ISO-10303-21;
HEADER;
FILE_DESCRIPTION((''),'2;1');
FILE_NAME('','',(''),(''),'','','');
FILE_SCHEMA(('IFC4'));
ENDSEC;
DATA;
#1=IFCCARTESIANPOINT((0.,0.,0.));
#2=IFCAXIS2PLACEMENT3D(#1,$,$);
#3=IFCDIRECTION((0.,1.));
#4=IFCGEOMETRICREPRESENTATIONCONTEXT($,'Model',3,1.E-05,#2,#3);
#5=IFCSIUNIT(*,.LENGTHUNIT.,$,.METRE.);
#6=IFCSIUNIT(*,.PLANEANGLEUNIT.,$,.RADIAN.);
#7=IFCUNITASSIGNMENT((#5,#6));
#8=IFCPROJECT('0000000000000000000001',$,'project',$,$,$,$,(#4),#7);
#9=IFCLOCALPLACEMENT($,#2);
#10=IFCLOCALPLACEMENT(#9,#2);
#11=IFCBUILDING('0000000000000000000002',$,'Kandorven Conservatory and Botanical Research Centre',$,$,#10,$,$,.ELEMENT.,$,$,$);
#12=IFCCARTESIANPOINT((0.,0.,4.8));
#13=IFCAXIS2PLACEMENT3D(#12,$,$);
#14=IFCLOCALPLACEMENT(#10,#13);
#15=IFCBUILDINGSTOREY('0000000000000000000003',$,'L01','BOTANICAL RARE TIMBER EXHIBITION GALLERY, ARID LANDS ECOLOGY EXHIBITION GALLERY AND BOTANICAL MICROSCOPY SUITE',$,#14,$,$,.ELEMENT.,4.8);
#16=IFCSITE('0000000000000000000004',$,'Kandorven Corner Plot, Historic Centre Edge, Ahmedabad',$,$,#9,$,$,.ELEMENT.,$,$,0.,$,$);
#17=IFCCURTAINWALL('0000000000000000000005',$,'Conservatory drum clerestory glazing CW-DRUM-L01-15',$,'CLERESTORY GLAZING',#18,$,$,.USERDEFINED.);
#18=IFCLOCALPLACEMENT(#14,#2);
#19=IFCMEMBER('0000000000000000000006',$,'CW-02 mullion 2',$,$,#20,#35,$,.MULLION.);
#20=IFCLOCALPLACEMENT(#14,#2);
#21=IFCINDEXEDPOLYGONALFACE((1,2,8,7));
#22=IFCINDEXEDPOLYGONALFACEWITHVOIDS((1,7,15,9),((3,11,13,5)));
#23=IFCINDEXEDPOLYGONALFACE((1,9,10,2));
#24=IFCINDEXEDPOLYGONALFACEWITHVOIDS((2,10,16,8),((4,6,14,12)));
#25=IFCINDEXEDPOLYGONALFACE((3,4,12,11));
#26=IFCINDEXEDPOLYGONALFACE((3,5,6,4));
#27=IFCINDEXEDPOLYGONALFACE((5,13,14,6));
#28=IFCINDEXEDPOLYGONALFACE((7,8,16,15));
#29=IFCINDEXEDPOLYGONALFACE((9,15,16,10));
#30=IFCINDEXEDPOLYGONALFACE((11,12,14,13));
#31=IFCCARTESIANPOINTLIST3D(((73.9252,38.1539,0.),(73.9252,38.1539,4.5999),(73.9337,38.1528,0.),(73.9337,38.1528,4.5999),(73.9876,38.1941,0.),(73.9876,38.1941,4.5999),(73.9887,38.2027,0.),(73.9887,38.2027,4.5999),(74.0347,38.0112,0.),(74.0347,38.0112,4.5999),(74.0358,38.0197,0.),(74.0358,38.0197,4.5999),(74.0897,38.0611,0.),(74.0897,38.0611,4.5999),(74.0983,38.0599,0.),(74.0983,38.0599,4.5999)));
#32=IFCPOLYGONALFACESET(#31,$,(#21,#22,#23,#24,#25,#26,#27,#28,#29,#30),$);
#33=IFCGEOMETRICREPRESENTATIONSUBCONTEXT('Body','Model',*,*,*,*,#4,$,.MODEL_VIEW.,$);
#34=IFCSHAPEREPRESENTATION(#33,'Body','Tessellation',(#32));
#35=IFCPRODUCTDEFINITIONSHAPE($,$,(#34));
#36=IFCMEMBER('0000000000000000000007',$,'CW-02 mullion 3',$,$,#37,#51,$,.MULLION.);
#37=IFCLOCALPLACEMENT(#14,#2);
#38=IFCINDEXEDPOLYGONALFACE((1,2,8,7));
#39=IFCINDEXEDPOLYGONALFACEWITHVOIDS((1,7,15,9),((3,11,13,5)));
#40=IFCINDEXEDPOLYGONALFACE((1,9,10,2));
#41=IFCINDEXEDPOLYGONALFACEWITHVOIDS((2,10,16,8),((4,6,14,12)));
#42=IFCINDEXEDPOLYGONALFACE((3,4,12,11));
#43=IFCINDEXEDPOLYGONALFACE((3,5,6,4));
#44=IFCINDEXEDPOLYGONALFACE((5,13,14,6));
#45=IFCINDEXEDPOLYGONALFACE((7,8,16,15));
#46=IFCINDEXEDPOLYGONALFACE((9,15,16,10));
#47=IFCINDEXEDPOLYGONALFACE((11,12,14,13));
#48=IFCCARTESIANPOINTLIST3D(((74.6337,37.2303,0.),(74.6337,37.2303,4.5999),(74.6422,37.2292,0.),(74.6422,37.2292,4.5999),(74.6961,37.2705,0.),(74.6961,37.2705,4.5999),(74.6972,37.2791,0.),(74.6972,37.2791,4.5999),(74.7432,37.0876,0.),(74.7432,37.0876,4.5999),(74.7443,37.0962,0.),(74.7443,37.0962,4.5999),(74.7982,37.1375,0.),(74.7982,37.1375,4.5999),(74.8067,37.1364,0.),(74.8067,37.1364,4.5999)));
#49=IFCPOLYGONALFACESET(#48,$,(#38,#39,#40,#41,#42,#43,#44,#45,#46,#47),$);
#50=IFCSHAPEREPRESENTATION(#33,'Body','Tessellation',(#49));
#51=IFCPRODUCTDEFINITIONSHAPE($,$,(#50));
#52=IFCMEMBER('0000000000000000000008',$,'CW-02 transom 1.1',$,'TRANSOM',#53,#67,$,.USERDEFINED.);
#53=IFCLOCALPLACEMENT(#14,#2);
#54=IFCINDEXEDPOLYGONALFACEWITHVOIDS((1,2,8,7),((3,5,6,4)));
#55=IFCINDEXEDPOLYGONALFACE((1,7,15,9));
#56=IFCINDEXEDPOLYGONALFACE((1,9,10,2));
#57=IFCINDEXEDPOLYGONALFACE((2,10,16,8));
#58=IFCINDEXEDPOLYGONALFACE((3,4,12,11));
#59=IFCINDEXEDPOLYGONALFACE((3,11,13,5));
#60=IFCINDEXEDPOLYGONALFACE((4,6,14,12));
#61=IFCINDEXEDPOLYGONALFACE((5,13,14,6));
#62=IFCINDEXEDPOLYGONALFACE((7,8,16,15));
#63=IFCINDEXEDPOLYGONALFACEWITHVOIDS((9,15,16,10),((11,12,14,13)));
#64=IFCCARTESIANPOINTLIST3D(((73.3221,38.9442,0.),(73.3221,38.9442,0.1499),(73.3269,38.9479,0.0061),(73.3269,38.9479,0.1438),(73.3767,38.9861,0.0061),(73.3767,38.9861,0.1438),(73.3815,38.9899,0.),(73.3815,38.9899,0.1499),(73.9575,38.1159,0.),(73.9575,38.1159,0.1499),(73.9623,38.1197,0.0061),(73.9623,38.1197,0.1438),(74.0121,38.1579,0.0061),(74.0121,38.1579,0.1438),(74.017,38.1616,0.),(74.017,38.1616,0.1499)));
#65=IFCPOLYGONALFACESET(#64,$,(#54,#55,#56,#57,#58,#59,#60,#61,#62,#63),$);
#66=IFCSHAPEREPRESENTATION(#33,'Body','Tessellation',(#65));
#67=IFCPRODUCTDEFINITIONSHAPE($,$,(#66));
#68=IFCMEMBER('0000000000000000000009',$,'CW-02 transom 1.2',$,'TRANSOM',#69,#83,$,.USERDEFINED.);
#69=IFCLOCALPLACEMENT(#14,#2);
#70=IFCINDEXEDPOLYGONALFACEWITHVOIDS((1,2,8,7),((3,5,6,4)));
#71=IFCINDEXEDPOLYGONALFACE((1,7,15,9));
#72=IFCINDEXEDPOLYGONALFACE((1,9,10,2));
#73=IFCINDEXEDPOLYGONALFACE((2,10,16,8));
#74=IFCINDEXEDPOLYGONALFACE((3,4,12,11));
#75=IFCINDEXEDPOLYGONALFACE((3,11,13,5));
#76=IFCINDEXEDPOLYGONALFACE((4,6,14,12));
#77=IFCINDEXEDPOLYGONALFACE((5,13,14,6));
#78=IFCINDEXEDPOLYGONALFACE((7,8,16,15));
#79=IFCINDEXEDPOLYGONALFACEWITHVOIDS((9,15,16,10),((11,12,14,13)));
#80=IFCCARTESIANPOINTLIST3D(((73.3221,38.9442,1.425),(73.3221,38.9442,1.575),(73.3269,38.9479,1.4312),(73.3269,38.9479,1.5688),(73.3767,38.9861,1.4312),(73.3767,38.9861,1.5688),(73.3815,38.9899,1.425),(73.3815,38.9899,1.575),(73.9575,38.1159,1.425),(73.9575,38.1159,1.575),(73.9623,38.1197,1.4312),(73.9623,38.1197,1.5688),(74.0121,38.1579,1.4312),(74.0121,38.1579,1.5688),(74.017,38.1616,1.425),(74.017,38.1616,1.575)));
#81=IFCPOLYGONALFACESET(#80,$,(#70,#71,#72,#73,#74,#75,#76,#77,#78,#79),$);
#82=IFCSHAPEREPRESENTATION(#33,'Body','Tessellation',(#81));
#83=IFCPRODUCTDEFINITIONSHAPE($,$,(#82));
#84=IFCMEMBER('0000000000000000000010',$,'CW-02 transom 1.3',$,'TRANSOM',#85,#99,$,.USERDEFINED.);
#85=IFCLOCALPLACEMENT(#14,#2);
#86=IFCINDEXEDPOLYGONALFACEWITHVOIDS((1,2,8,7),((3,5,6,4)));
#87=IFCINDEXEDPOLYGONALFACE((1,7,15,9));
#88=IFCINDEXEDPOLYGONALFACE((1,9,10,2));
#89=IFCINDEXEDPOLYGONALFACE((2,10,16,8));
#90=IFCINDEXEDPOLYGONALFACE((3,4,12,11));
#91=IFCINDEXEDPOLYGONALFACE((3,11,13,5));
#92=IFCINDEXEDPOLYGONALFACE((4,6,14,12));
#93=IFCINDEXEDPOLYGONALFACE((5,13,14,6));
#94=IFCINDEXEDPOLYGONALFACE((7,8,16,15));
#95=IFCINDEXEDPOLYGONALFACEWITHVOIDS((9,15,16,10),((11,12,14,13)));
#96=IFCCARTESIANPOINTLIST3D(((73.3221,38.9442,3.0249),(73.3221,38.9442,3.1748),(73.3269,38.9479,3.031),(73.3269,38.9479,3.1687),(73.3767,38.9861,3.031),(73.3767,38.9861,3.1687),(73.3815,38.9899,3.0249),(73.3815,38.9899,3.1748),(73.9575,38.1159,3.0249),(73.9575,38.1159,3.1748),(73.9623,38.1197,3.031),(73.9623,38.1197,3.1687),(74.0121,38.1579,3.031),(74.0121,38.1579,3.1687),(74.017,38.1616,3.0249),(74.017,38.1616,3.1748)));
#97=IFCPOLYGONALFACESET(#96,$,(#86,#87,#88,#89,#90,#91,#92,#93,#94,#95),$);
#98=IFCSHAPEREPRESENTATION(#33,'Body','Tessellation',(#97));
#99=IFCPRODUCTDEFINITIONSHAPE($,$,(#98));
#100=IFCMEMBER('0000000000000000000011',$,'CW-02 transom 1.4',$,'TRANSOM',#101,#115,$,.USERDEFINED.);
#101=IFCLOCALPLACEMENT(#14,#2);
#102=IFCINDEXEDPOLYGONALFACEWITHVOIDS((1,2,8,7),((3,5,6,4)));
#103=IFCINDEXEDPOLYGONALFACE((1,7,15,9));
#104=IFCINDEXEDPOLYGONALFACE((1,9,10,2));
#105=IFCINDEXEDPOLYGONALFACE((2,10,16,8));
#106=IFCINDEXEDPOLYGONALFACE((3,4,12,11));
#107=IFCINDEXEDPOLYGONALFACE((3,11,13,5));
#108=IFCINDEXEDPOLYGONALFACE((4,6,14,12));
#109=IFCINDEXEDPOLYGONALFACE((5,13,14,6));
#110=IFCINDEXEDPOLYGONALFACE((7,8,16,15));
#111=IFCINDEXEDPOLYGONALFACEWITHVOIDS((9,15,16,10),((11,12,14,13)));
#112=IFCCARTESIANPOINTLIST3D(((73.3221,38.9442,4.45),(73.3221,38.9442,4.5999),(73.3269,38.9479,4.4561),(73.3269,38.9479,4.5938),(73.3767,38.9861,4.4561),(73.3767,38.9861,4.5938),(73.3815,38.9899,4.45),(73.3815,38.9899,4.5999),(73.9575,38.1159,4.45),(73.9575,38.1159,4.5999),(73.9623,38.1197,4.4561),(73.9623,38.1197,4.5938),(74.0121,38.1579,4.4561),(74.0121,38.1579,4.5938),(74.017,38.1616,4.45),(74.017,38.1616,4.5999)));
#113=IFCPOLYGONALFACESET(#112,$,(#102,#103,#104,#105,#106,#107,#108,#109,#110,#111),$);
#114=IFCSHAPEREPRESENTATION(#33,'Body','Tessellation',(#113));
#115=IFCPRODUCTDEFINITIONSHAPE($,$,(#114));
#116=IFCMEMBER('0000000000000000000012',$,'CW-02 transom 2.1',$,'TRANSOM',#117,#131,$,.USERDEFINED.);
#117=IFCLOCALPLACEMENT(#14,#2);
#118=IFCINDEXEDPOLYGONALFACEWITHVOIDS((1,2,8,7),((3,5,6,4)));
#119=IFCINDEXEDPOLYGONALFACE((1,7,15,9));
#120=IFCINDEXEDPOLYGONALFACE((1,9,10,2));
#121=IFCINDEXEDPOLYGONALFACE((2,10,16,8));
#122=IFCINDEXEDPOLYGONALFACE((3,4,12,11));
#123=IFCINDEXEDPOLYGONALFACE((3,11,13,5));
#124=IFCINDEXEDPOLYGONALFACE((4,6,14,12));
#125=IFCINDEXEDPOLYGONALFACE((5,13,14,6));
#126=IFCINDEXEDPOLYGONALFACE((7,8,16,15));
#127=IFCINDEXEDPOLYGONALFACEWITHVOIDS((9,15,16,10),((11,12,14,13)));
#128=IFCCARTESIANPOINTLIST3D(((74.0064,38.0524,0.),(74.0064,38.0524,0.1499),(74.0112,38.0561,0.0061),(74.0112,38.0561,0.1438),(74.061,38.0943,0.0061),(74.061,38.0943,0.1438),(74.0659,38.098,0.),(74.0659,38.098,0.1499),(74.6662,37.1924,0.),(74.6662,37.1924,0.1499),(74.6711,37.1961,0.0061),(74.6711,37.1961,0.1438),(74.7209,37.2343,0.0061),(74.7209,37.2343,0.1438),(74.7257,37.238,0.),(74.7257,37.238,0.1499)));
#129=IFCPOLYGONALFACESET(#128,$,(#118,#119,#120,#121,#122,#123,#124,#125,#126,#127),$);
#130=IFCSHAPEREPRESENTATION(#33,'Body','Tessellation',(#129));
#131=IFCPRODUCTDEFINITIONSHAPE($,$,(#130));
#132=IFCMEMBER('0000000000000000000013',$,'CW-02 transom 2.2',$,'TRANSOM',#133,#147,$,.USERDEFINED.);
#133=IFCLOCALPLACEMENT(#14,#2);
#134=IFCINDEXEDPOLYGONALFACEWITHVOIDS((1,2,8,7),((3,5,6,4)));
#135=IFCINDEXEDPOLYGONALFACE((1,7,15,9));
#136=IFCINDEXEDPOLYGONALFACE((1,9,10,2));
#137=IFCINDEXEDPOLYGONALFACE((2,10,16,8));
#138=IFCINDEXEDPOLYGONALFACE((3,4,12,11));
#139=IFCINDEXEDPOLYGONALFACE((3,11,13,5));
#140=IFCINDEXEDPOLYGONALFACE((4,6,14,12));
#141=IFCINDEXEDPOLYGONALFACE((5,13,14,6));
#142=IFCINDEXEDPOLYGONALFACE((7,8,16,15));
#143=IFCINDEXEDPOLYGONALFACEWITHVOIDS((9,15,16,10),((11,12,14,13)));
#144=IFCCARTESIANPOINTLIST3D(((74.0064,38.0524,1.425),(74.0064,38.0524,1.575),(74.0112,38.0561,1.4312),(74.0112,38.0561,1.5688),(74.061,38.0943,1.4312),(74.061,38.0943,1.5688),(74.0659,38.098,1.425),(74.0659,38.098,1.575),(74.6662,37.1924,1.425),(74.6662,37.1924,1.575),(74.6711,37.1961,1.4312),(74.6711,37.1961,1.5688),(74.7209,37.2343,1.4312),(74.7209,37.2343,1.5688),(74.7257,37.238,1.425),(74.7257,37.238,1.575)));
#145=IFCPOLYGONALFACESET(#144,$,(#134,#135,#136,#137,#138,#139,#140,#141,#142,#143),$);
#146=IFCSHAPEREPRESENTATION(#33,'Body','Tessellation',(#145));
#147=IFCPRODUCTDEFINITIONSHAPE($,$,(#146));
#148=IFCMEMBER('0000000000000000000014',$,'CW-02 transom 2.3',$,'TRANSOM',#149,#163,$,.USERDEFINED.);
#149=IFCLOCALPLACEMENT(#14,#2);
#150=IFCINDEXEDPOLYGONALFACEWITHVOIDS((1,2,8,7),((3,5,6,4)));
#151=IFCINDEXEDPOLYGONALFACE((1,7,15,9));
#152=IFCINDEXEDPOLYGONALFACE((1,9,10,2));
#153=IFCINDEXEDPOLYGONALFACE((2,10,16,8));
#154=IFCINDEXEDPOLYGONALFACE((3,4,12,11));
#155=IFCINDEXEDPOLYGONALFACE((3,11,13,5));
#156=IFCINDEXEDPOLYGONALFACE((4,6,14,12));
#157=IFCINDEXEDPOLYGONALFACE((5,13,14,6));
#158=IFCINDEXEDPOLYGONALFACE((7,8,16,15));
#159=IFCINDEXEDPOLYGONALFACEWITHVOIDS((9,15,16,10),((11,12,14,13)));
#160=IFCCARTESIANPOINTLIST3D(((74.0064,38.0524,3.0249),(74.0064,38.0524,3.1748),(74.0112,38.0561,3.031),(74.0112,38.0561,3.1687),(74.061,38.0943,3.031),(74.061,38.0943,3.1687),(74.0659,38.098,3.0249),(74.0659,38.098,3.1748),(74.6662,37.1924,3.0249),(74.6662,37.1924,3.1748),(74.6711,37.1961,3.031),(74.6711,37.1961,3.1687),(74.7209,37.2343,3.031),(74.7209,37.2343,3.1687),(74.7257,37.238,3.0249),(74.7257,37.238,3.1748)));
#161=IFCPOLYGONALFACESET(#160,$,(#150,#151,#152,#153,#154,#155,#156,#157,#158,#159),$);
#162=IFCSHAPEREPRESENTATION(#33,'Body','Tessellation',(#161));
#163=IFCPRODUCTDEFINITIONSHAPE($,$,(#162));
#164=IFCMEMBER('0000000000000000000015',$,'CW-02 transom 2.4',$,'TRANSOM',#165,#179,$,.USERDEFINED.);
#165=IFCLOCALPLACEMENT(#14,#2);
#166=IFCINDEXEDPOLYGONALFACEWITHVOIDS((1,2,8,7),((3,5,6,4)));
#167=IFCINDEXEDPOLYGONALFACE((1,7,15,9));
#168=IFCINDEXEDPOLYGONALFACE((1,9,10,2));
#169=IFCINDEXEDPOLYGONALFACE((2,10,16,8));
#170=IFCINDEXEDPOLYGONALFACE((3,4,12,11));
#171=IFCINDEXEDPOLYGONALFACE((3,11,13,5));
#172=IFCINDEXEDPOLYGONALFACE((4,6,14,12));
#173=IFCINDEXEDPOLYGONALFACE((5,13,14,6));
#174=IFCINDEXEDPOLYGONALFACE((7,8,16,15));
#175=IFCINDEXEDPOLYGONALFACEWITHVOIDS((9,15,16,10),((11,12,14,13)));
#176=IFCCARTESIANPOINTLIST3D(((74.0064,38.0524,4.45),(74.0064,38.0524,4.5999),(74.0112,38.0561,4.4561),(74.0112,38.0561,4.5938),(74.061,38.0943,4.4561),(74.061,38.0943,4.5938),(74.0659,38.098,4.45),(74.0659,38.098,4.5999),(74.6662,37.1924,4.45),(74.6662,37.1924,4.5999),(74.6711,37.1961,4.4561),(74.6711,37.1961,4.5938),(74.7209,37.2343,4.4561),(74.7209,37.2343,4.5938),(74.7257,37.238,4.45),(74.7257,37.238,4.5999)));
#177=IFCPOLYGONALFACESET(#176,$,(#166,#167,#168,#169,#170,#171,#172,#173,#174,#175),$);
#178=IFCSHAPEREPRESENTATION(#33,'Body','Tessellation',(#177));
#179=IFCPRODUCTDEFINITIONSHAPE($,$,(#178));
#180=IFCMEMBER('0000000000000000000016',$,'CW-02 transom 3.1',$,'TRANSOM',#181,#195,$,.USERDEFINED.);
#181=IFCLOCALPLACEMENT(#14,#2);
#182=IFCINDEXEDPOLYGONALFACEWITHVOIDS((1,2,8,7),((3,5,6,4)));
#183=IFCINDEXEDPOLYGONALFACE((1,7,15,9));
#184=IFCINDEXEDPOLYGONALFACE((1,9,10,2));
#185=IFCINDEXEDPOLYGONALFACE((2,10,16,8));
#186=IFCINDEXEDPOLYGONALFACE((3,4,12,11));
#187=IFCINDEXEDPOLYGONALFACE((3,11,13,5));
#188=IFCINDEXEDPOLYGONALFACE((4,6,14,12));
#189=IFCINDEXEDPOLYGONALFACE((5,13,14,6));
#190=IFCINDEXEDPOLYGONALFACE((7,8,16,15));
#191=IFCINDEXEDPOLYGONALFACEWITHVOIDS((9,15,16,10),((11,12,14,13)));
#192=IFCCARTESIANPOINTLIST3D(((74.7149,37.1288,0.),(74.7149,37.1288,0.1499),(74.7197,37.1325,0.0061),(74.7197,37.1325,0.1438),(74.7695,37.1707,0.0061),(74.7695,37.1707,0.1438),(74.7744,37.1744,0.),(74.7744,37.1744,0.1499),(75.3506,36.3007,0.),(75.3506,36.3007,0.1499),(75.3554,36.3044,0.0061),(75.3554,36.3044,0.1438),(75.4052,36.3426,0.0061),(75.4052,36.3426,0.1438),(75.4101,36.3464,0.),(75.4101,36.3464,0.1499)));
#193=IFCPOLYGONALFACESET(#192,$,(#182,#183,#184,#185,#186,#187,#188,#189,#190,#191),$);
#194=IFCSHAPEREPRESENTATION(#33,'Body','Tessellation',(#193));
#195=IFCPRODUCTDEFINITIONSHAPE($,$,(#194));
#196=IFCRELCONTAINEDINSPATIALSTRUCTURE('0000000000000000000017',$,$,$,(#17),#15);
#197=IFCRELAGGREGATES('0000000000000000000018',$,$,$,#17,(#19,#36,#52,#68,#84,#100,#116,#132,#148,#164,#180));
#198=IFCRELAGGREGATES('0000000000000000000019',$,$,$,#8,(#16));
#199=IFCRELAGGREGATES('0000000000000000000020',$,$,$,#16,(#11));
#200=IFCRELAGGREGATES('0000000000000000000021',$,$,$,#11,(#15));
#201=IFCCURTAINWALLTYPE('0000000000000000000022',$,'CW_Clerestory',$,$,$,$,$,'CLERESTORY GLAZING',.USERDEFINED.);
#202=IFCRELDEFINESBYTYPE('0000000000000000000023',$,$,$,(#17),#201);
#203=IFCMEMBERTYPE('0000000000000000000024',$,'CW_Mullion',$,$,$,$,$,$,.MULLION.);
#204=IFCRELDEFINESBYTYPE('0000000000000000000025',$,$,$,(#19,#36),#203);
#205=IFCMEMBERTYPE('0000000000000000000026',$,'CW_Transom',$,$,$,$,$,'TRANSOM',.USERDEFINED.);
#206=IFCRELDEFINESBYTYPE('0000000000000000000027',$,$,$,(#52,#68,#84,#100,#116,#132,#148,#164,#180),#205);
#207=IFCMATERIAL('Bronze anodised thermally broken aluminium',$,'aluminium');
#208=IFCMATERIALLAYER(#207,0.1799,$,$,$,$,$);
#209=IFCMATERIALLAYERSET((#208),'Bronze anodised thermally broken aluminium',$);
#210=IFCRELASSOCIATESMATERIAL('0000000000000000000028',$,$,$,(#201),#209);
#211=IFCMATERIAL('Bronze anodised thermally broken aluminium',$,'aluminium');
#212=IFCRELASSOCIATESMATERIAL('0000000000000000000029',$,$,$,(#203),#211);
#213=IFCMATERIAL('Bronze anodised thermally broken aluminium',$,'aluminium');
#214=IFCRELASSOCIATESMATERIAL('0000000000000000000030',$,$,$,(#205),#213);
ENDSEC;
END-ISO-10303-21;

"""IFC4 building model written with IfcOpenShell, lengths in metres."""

from ifc_helpers import new_model, si_unit, direction, frame, origin, origin_2d, place, context, subcontext, project, spatial, hollow_rectangle, extrude, material, layer, layer_set, material_profile, profile_set, type_object, element, aggregate, save


model = new_model("IFC4")

# Units and contexts
model_context = context("Model", 3, precision=1e-05, world=origin(), true_north=direction((0.0, 1.0)))
body_context = subcontext(model_context, "Body", "Model", "MODEL_VIEW")
ifc_project = project(units=[si_unit("LENGTHUNIT", "METRE"), si_unit("PLANEANGLEUNIT", "RADIAN")], contexts=[model_context])

# Site, building, storey
site_placement = place(None, origin())
site = spatial("IfcSite", under=ifc_project, at=site_placement, Name="Kandorven Corner Plot, Historic Centre Edge, Ahmedabad", CompositionType="ELEMENT", RefElevation=0.0)
building_placement = place(site_placement, origin())
building = spatial("IfcBuilding", under=site, at=building_placement, Name="Kandorven Conservatory and Botanical Research Centre", CompositionType="ELEMENT")
storey_placement = place(building_placement, frame((0.0, 0.0, 4.8)))
storey = spatial("IfcBuildingStorey", under=building, at=storey_placement, Name="L01", Description="BOTANICAL RARE TIMBER EXHIBITION GALLERY, ARID LANDS ECOLOGY EXHIBITION GALLERY AND BOTANICAL MICROSCOPY SUITE", CompositionType="ELEMENT", Elevation=4.8)

# Curtain wall, members
ifc_material_1 = material(Name="Bronze anodised thermally broken aluminium", Category="aluminium")
ifc_layer_1 = layer(ifc_material_1, 0.1799)
ifc_layer_set_1 = layer_set([ifc_layer_1], Name="Bronze anodised thermally broken aluminium")
curtain_wall_type = type_object("IfcCurtainWallType", Name="CW_Clerestory", ElementType="CLERESTORY GLAZING", PredefinedType="USERDEFINED", material=ifc_layer_set_1)
curtain_wall_placement = place(storey_placement, origin())
curtain_wall = element("IfcCurtainWall", 1, at=curtain_wall_placement, inside=storey, type_object=curtain_wall_type, Name="Conservatory drum clerestory glazing CW-DRUM-L01-15", ObjectType="CLERESTORY GLAZING", PredefinedType="USERDEFINED")
ifc_material_2 = material(Name="Bronze anodised thermally broken aluminium", Category="aluminium")
ifc_material_profile_1 = material_profile(ifc_material_2, hollow_rectangle(XDim=0.0801, YDim=0.1799, WallThickness=0.0061, at=origin_2d()))
ifc_profile_set_1 = profile_set([ifc_material_profile_1], Name="Bronze anodised thermally broken aluminium")
member_type_1 = type_object("IfcMemberType", Name="CW_Mullion", PredefinedType="MULLION", material=ifc_profile_set_1)
member_1_placement = place(storey_placement, frame((74.0117, 38.1069, 0.0), z_axis=(0.0, 0.0, 1.0), x_axis=(0.793347, 0.608769, 0.0)))
member_1 = element("IfcMember", 2, at=member_1_placement, type_object=member_type_1, Name="CW-02 mullion 2", PredefinedType="MULLION", context=body_context, shape_type="SweptSolid", body=[
    extrude(hollow_rectangle(XDim=0.0801, YDim=0.1799, WallThickness=0.0061, at=origin_2d()), origin(), (0.0, 0.0, 1.0), 4.5999),
])
member_2_placement = place(storey_placement, frame((74.7202, 37.1833, 0.0), z_axis=(0.0, 0.0, 1.0), x_axis=(0.793347, 0.608769, 0.0)))
member_2 = element("IfcMember", 3, at=member_2_placement, type_object=member_type_1, Name="CW-02 mullion 3", PredefinedType="MULLION", context=body_context, shape_type="SweptSolid", body=[
    extrude(hollow_rectangle(XDim=0.0801, YDim=0.1799, WallThickness=0.0061, at=origin_2d()), origin(), (0.0, 0.0, 1.0), 4.5999),
])
ifc_material_3 = material(Name="Bronze anodised thermally broken aluminium", Category="aluminium")
ifc_material_profile_2 = material_profile(ifc_material_3, hollow_rectangle(XDim=0.075, YDim=0.1499, WallThickness=0.0061, at=origin_2d()))
ifc_profile_set_2 = profile_set([ifc_material_profile_2], Name="Bronze anodised thermally broken aluminium")
member_type_2 = type_object("IfcMemberType", Name="CW_Transom", ElementType="TRANSOM", PredefinedType="USERDEFINED", material=ifc_profile_set_2)
member_3_placement = place(storey_placement, frame((73.3518, 38.967, 0.075), z_axis=(0.608682, -0.793414, 0.0), x_axis=(0.793414, 0.608682, 0.0)))
member_3 = element("IfcMember", 4, at=member_3_placement, type_object=member_type_2, Name="CW-02 transom 1.1", ObjectType="TRANSOM", PredefinedType="USERDEFINED", context=body_context, shape_type="SweptSolid", body=[
    extrude(hollow_rectangle(XDim=0.075, YDim=0.1499, WallThickness=0.0061, at=origin_2d()), origin(), (0.0, 0.0, 1.0), 1.0439),
])
member_4_placement = place(storey_placement, frame((73.3518, 38.967, 1.5), z_axis=(0.608682, -0.793414, 0.0), x_axis=(0.793414, 0.608682, 0.0)))
member_4 = element("IfcMember", 5, at=member_4_placement, type_object=member_type_2, Name="CW-02 transom 1.2", ObjectType="TRANSOM", PredefinedType="USERDEFINED", context=body_context, shape_type="SweptSolid", body=[
    extrude(hollow_rectangle(XDim=0.075, YDim=0.1499, WallThickness=0.0061, at=origin_2d()), origin(), (0.0, 0.0, 1.0), 1.0439),
])
member_5_placement = place(storey_placement, frame((73.3518, 38.967, 3.0999), z_axis=(0.608682, -0.793414, 0.0), x_axis=(0.793414, 0.608682, 0.0)))
member_5 = element("IfcMember", 6, at=member_5_placement, type_object=member_type_2, Name="CW-02 transom 1.3", ObjectType="TRANSOM", PredefinedType="USERDEFINED", context=body_context, shape_type="SweptSolid", body=[
    extrude(hollow_rectangle(XDim=0.075, YDim=0.1499, WallThickness=0.0061, at=origin_2d()), origin(), (0.0, 0.0, 1.0), 1.0439),
])
member_6_placement = place(storey_placement, frame((73.3518, 38.967, 4.5249), z_axis=(0.608682, -0.793414, 0.0), x_axis=(0.793414, 0.608682, 0.0)))
member_6 = element("IfcMember", 7, at=member_6_placement, type_object=member_type_2, Name="CW-02 transom 1.4", ObjectType="TRANSOM", PredefinedType="USERDEFINED", context=body_context, shape_type="SweptSolid", body=[
    extrude(hollow_rectangle(XDim=0.075, YDim=0.1499, WallThickness=0.0061, at=origin_2d()), origin(), (0.0, 0.0, 1.0), 1.0439),
])
member_7_placement = place(storey_placement, frame((74.0361, 38.0752, 0.075), z_axis=(0.60872, -0.793385, 0.0), x_axis=(0.793385, 0.60872, 0.0)))
member_7 = element("IfcMember", 8, at=member_7_placement, type_object=member_type_2, Name="CW-02 transom 2.1", ObjectType="TRANSOM", PredefinedType="USERDEFINED", context=body_context, shape_type="SweptSolid", body=[
    extrude(hollow_rectangle(XDim=0.075, YDim=0.1499, WallThickness=0.0061, at=origin_2d()), origin(), (0.0, 0.0, 1.0), 1.084),
])
member_8_placement = place(storey_placement, frame((74.0361, 38.0752, 1.5), z_axis=(0.60872, -0.793385, 0.0), x_axis=(0.793385, 0.60872, 0.0)))
member_8 = element("IfcMember", 9, at=member_8_placement, type_object=member_type_2, Name="CW-02 transom 2.2", ObjectType="TRANSOM", PredefinedType="USERDEFINED", context=body_context, shape_type="SweptSolid", body=[
    extrude(hollow_rectangle(XDim=0.075, YDim=0.1499, WallThickness=0.0061, at=origin_2d()), origin(), (0.0, 0.0, 1.0), 1.084),
])
member_9_placement = place(storey_placement, frame((74.0361, 38.0752, 3.0999), z_axis=(0.60872, -0.793385, 0.0), x_axis=(0.793385, 0.60872, 0.0)))
member_9 = element("IfcMember", 10, at=member_9_placement, type_object=member_type_2, Name="CW-02 transom 2.3", ObjectType="TRANSOM", PredefinedType="USERDEFINED", context=body_context, shape_type="SweptSolid", body=[
    extrude(hollow_rectangle(XDim=0.075, YDim=0.1499, WallThickness=0.0061, at=origin_2d()), origin(), (0.0, 0.0, 1.0), 1.084),
])
member_10_placement = place(storey_placement, frame((74.0361, 38.0752, 4.5249), z_axis=(0.60872, -0.793385, 0.0), x_axis=(0.793385, 0.60872, 0.0)))
member_10 = element("IfcMember", 11, at=member_10_placement, type_object=member_type_2, Name="CW-02 transom 2.4", ObjectType="TRANSOM", PredefinedType="USERDEFINED", context=body_context, shape_type="SweptSolid", body=[
    extrude(hollow_rectangle(XDim=0.075, YDim=0.1499, WallThickness=0.0061, at=origin_2d()), origin(), (0.0, 0.0, 1.0), 1.084),
])
member_11_placement = place(storey_placement, frame((74.7446, 37.1516, 0.075), z_axis=(0.608942, -0.793215, 0.0), x_axis=(0.793215, 0.608942, 0.0)))
member_11 = element("IfcMember", 12, at=member_11_placement, type_object=member_type_2, Name="CW-02 transom 3.1", ObjectType="TRANSOM", PredefinedType="USERDEFINED", context=body_context, shape_type="SweptSolid", body=[
    extrude(hollow_rectangle(XDim=0.075, YDim=0.1499, WallThickness=0.0061, at=origin_2d()), origin(), (0.0, 0.0, 1.0), 1.0439),
])
aggregate(curtain_wall, [member_1, member_2, member_3, member_4, member_5, member_6, member_7, member_8, member_9, member_10, member_11])

save(model, "model.ifc")
